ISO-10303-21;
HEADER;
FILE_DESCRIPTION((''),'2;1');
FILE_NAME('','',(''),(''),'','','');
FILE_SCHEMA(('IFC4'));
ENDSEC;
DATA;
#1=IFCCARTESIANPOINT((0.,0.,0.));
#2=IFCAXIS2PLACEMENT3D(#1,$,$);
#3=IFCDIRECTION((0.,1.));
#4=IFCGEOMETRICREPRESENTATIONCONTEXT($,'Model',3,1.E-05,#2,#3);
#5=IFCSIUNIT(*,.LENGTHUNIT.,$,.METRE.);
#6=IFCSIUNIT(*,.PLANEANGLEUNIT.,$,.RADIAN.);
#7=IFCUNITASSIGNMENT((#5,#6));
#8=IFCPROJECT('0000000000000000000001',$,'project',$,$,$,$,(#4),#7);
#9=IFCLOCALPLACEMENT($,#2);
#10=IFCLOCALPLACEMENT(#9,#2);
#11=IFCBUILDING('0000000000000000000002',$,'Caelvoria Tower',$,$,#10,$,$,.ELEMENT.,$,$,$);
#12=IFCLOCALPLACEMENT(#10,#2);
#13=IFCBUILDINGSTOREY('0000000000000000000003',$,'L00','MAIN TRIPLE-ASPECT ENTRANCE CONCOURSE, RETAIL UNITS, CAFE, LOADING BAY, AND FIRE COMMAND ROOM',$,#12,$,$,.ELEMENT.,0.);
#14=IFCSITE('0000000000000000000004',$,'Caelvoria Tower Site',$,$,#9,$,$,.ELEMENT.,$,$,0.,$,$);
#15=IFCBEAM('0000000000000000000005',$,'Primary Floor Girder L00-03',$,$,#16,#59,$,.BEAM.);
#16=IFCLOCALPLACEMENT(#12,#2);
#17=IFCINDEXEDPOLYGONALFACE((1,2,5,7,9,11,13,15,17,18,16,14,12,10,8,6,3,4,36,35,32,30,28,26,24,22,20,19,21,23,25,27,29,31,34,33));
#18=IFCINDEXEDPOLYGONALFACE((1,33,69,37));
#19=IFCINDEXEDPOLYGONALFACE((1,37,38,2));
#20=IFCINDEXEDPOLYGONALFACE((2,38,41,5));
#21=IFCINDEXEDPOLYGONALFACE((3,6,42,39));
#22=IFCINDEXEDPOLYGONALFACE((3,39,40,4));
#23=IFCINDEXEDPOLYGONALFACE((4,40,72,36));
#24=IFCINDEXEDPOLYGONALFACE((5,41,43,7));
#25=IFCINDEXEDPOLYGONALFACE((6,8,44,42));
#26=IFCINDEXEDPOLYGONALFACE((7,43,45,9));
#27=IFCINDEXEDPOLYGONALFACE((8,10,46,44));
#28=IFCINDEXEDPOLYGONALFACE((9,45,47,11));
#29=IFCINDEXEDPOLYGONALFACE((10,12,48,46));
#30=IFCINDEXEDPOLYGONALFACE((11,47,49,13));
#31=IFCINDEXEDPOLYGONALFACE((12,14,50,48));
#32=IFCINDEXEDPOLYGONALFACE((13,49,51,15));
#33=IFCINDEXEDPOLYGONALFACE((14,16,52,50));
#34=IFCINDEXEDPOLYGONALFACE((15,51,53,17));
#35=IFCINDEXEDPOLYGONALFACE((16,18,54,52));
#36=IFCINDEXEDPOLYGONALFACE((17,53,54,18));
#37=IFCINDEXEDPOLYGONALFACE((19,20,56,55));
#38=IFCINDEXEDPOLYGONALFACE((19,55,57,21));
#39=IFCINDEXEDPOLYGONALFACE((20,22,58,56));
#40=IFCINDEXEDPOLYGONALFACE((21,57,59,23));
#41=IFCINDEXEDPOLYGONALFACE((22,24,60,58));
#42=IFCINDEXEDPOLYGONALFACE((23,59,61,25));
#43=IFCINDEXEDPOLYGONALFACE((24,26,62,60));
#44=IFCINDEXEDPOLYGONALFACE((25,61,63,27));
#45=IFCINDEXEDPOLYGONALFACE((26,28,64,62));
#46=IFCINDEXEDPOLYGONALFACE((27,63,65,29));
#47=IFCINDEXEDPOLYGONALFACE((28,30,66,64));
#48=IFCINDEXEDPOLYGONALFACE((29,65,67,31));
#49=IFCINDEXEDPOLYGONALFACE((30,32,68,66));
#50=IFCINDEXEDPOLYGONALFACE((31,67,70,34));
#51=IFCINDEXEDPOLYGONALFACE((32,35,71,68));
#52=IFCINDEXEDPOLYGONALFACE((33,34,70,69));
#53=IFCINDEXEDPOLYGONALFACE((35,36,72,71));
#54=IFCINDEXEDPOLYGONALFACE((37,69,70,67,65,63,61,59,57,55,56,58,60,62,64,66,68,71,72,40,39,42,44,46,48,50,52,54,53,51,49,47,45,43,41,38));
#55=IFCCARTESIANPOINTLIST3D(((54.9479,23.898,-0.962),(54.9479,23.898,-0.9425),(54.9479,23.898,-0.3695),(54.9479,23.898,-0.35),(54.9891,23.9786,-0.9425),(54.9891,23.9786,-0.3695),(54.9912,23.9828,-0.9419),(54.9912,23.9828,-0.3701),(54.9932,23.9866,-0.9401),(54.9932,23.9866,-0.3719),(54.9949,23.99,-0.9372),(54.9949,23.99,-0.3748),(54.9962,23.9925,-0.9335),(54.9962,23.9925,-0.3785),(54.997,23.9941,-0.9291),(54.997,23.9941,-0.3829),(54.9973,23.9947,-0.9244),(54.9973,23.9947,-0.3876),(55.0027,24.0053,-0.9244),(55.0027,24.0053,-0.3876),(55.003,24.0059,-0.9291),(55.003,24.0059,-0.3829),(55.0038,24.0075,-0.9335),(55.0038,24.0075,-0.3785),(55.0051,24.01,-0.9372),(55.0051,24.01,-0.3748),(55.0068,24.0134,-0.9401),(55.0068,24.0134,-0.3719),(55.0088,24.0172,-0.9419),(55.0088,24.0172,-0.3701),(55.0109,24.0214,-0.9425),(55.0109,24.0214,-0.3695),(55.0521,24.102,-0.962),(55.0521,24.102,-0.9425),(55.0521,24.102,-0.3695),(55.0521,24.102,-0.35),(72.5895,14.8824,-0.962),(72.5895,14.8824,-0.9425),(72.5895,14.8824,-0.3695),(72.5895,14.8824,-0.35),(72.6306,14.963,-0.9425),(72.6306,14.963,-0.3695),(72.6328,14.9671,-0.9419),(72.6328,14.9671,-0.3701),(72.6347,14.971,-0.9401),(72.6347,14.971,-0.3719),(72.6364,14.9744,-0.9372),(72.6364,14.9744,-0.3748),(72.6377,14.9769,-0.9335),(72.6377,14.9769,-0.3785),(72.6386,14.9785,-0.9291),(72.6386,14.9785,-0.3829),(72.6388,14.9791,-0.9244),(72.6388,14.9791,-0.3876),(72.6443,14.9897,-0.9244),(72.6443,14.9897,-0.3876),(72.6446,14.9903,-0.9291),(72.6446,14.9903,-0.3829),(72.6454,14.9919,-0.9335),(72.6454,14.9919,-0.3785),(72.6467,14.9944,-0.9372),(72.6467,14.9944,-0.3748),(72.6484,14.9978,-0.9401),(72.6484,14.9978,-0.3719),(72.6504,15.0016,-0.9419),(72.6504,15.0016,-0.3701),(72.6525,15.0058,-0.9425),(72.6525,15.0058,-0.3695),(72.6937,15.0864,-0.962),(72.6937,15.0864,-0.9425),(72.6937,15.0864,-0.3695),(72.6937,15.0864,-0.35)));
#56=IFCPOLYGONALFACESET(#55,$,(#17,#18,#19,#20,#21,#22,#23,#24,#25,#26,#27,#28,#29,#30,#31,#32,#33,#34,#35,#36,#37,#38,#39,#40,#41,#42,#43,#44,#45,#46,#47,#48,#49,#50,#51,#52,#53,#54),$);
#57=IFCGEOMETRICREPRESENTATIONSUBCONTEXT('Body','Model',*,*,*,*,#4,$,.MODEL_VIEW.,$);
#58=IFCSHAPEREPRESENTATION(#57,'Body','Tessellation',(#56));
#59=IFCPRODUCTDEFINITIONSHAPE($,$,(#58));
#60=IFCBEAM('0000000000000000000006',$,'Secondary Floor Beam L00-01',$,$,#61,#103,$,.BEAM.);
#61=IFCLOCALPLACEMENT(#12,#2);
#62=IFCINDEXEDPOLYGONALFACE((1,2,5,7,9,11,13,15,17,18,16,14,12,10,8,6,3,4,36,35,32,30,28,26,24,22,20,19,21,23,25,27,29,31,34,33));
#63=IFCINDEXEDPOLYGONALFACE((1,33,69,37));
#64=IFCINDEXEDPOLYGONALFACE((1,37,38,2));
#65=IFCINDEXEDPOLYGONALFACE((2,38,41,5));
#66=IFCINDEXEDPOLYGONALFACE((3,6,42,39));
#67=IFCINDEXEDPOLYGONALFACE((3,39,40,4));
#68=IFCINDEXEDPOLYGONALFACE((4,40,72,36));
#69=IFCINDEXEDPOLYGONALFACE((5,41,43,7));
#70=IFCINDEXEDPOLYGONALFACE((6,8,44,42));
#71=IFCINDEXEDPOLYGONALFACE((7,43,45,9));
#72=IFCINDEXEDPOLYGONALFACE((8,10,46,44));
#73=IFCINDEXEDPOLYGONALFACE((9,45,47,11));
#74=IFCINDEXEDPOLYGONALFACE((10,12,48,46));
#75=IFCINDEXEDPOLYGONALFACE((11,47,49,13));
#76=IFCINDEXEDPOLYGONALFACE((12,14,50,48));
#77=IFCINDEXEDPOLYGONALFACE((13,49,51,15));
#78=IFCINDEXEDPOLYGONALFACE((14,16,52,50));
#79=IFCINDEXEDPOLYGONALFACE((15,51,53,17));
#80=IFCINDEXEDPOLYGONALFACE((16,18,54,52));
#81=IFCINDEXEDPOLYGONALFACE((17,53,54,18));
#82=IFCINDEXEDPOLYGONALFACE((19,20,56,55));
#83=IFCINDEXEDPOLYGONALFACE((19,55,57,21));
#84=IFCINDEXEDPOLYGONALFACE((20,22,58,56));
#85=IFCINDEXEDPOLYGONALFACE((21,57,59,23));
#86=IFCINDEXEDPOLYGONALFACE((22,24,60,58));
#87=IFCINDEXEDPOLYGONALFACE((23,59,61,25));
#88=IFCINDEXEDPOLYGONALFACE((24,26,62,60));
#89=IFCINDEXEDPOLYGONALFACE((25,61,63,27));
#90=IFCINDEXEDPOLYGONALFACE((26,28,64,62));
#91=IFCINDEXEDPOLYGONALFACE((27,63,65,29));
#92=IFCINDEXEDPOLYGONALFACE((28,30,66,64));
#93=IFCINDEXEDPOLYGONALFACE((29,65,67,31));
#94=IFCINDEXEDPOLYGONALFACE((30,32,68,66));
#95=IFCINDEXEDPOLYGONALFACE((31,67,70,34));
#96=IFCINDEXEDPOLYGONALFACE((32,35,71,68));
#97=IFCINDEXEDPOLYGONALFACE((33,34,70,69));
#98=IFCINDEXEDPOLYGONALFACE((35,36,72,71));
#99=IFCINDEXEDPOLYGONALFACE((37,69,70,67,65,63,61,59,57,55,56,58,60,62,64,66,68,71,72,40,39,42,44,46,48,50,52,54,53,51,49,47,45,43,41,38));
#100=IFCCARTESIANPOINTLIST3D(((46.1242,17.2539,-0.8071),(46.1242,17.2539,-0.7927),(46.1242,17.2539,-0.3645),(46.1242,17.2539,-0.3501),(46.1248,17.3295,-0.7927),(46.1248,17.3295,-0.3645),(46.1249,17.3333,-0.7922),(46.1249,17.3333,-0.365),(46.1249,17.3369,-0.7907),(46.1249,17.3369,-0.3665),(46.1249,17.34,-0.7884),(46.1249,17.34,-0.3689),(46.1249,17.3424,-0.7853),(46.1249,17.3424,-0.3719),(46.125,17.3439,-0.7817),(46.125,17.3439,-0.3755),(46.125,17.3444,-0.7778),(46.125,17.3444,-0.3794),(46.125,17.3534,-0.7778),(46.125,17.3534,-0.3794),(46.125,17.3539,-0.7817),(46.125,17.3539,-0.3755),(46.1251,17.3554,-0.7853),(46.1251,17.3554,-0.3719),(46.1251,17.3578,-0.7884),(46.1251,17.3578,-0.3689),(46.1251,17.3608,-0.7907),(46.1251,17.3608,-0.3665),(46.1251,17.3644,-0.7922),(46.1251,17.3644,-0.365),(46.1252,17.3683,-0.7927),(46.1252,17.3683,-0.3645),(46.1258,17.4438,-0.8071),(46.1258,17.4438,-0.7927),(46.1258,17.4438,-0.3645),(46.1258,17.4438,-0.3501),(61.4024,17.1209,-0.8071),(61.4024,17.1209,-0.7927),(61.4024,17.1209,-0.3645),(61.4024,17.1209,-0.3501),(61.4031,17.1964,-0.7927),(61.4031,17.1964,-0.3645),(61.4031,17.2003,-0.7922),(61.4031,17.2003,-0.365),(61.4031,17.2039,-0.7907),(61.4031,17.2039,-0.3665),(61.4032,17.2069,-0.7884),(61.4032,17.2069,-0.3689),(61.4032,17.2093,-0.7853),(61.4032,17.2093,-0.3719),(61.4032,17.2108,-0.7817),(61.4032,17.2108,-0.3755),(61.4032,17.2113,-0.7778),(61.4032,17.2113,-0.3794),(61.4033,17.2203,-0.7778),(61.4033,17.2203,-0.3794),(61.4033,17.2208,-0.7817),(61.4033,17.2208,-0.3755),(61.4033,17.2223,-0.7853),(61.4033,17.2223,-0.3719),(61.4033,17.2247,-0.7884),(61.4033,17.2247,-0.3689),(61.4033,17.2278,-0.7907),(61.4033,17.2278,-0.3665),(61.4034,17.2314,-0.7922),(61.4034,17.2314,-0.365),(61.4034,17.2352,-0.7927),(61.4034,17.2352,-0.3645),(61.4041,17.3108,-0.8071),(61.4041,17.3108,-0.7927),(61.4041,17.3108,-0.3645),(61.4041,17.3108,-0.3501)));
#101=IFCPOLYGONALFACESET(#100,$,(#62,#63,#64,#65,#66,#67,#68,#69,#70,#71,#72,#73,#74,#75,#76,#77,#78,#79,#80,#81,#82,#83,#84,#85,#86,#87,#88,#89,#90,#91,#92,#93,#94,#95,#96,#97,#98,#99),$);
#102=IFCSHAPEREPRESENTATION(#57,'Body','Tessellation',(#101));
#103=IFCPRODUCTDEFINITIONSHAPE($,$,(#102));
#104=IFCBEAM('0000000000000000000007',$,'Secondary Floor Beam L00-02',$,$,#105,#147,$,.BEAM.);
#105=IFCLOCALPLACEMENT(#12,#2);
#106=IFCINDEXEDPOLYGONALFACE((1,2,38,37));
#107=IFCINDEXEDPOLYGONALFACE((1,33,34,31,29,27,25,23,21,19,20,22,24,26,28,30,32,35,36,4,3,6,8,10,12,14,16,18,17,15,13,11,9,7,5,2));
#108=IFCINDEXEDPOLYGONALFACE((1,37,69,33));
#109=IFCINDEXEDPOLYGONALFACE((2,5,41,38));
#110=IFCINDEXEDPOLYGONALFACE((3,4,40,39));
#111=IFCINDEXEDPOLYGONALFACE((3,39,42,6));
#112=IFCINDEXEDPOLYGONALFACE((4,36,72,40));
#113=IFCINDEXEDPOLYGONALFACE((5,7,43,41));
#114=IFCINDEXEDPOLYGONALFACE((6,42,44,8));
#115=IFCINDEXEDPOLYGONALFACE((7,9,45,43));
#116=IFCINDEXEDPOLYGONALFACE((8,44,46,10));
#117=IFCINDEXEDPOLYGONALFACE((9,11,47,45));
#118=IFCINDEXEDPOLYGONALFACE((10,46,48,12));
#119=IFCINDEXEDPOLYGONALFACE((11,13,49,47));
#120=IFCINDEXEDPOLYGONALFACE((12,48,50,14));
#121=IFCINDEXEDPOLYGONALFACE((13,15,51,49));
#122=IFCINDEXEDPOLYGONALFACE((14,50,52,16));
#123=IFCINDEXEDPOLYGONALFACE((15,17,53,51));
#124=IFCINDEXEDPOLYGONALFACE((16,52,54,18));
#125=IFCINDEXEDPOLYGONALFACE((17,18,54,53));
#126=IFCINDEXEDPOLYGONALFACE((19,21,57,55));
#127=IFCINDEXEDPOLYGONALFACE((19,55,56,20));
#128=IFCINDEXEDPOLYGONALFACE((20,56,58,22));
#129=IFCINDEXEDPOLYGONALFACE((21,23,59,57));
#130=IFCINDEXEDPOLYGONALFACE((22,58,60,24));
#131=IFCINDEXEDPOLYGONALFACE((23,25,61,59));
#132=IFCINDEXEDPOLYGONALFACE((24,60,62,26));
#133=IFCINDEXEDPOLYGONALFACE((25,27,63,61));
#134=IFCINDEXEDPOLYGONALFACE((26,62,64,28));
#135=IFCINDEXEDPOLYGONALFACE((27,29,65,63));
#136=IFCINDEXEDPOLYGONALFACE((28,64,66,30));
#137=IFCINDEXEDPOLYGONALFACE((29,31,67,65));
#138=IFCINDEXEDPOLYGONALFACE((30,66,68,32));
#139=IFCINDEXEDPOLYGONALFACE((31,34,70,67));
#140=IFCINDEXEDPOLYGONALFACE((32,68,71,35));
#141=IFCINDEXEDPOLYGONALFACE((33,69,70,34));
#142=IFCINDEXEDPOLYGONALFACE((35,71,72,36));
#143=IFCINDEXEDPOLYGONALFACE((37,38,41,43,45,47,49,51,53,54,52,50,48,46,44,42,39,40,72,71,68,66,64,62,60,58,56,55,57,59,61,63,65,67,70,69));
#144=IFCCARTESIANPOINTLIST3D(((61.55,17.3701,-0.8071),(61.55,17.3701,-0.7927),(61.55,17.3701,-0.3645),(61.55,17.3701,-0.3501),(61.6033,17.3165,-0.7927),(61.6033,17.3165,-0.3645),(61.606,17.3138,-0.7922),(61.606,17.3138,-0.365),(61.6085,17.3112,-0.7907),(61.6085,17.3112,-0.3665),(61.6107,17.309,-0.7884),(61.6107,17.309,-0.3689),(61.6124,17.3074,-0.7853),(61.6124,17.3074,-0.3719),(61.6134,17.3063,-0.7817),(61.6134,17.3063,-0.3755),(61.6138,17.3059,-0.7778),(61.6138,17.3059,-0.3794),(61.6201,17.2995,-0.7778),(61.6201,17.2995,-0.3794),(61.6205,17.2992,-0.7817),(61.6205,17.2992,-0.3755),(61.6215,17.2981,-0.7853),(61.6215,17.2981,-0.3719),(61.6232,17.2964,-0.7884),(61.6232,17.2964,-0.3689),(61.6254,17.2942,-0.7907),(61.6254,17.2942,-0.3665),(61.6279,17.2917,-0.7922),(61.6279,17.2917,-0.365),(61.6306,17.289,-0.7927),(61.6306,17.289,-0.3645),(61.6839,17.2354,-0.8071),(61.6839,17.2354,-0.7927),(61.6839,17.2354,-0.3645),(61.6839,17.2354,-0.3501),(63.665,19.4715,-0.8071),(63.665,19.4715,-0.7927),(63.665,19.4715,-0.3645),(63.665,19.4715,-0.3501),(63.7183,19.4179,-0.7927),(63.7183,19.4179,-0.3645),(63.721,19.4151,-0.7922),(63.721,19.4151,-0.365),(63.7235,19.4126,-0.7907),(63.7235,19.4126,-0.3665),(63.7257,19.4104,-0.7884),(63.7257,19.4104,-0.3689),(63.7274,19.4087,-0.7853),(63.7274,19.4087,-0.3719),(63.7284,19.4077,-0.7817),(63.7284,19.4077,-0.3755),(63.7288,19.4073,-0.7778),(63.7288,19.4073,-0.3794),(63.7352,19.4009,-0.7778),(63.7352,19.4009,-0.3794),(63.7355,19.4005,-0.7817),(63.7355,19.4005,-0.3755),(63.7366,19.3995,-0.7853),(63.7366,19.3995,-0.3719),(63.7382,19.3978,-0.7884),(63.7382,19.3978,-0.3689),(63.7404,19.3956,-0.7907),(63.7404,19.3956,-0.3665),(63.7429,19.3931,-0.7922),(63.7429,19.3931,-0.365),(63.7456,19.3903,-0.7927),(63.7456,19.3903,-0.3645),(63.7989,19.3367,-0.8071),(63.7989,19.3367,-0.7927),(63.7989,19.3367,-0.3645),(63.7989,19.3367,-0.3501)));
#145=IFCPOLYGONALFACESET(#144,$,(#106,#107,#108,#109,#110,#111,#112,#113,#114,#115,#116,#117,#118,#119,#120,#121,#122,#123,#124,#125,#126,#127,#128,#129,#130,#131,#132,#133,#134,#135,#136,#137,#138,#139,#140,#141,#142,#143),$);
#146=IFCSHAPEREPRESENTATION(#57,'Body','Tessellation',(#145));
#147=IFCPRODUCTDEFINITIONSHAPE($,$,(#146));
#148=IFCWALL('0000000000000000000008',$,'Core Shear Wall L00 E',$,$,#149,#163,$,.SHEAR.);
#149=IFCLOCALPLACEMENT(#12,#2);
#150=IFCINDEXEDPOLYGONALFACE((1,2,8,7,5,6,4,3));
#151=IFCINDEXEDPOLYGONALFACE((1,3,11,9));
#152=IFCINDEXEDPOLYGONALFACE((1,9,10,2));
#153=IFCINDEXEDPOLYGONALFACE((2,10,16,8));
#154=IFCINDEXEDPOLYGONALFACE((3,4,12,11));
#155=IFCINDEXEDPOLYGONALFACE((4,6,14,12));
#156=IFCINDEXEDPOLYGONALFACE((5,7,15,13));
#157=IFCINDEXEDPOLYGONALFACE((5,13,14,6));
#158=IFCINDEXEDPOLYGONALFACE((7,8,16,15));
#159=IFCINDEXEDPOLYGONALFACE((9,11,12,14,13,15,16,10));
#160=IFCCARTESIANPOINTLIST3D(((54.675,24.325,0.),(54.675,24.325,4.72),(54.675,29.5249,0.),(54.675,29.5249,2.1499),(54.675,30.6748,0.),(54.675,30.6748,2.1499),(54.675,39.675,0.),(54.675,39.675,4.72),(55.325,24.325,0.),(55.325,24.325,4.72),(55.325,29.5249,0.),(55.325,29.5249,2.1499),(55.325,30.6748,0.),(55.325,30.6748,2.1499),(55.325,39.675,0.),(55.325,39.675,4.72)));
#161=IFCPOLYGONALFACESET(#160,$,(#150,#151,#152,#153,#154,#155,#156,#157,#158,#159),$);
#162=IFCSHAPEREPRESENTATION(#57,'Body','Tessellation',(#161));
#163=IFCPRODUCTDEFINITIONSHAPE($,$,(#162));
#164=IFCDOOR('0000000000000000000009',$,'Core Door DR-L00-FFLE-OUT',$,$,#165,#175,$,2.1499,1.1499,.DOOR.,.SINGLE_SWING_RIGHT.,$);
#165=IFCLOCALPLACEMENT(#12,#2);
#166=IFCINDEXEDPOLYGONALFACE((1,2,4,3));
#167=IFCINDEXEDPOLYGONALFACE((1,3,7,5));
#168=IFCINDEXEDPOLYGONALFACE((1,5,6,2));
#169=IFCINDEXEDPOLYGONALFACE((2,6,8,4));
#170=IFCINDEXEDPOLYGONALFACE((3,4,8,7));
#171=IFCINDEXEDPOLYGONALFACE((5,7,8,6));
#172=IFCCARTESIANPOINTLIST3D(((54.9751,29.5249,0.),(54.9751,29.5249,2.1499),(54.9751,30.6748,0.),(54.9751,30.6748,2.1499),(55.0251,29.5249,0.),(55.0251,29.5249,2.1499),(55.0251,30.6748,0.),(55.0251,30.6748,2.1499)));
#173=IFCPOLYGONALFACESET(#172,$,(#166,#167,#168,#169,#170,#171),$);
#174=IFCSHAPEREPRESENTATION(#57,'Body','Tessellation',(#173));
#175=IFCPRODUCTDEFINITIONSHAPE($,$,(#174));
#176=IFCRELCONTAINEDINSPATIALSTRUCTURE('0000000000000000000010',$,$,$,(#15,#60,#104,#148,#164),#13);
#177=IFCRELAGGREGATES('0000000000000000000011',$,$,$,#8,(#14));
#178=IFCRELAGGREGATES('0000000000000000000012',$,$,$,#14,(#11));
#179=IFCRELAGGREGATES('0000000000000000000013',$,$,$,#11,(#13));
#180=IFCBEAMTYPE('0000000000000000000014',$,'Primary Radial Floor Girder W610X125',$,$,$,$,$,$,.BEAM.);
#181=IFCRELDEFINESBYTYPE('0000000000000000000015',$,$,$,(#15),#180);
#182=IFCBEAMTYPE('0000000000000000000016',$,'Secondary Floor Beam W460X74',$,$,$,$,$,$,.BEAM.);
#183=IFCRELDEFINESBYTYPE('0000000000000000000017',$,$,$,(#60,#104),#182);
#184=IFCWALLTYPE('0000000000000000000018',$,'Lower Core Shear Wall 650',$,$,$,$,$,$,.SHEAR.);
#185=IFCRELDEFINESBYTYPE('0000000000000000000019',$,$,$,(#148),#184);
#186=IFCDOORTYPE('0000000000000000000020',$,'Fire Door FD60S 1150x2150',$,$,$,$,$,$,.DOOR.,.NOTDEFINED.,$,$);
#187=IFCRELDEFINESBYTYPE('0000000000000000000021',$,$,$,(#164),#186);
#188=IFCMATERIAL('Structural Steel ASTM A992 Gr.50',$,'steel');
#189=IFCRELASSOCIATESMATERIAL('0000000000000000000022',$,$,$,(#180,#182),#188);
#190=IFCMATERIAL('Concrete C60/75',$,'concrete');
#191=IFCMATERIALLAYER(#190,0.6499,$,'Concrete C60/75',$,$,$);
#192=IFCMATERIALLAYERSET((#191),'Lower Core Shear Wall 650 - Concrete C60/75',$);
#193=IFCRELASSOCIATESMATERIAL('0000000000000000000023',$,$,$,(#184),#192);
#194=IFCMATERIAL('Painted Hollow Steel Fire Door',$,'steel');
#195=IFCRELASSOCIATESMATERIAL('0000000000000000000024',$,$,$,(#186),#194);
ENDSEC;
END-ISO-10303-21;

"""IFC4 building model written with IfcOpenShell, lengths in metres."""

from ifc_helpers import new_model, si_unit, direction, frame, frame_2d, origin, origin_2d, place, context, subcontext, project, spatial, rectangle, i_section, extrude, material, layer, layer_set, material_profile, profile_set, type_object, element, fill, save


model = new_model("IFC4")

# Units and contexts
model_context = context("Model", 3, precision=1e-05, world=origin(), true_north=direction((0.0, 1.0)))
body_context = subcontext(model_context, "Body", "Model", "MODEL_VIEW")
ifc_project = project(units=[si_unit("LENGTHUNIT", "METRE"), si_unit("PLANEANGLEUNIT", "RADIAN")], contexts=[model_context])

# Site, building, storey
site_placement = place(None, origin())
site = spatial("IfcSite", under=ifc_project, at=site_placement, Name="Caelvoria Tower Site", CompositionType="ELEMENT", RefElevation=0.0)
building_placement = place(site_placement, origin())
building = spatial("IfcBuilding", under=site, at=building_placement, Name="Caelvoria Tower", CompositionType="ELEMENT")
storey_placement = place(building_placement, origin())
storey = spatial("IfcBuildingStorey", under=building, at=storey_placement, Name="L00", Description="MAIN TRIPLE-ASPECT ENTRANCE CONCOURSE, RETAIL UNITS, CAFE, LOADING BAY, AND FIRE COMMAND ROOM", CompositionType="ELEMENT", Elevation=0.0)

# Beams
ifc_material_1 = material(Name="Structural Steel ASTM A992 Gr.50", Category="steel")
ifc_material_profile_1 = material_profile(ifc_material_1, i_section(OverallWidth=0.229, OverallDepth=0.6121, WebThickness=0.012, FlangeThickness=0.0195, FilletRadius=0.0181, at=origin_2d()), Name="Structural Steel ASTM A992 Gr.50")
ifc_profile_set_1 = profile_set([ifc_material_profile_1], Name="W610X125 - Structural Steel ASTM A992 Gr.50")
beam_type_1 = type_object("IfcBeamType", Name="Primary Radial Floor Girder W610X125", PredefinedType="BEAM", material=ifc_profile_set_1)
beam_1_placement = place(storey_placement, frame((55.0, 24.0, -0.656), z_axis=(0.890459, -0.455063, 0.0), x_axis=(0.455063, 0.890459, 0.0)))
element("IfcBeam", 1, at=beam_1_placement, inside=storey, type_object=beam_type_1, Name="Primary Floor Girder L00-03", PredefinedType="BEAM", context=body_context, shape_type="SweptSolid", body=[
    extrude(i_section(OverallWidth=0.229, OverallDepth=0.6121, WebThickness=0.012, FlangeThickness=0.0195, FilletRadius=0.0181, at=origin_2d()), origin(), (0.0, 0.0, 1.0), 19.8118),
])
ifc_material_profile_2 = material_profile(ifc_material_1, i_section(OverallWidth=0.1899, OverallDepth=0.457, WebThickness=0.009, FlangeThickness=0.0144, FilletRadius=0.0149, at=origin_2d()), Name="Structural Steel ASTM A992 Gr.50")
ifc_profile_set_2 = profile_set([ifc_material_profile_2], Name="W460X74 - Structural Steel ASTM A992 Gr.50")
beam_type_2 = type_object("IfcBeamType", Name="Secondary Floor Beam W460X74", PredefinedType="BEAM", material=ifc_profile_set_2)
beam_2_placement = place(storey_placement, frame((46.125, 17.3489, -0.5786), z_axis=(0.999962, -0.008709, 0.0), x_axis=(0.008709, 0.999962, 0.0)))
element("IfcBeam", 2, at=beam_2_placement, inside=storey, type_object=beam_type_2, Name="Secondary Floor Beam L00-01", PredefinedType="BEAM", context=body_context, shape_type="SweptSolid", body=[
    extrude(i_section(OverallWidth=0.1899, OverallDepth=0.457, WebThickness=0.009, FlangeThickness=0.0144, FilletRadius=0.0149, at=origin_2d()), origin(), (0.0, 0.0, 1.0), 15.2788),
])
beam_3_placement = place(storey_placement, frame((61.6169, 17.3027, -0.5786), z_axis=(0.709396, 0.70481, 0.0), x_axis=(-0.70481, 0.709396, 0.0)))
element("IfcBeam", 3, at=beam_3_placement, inside=storey, type_object=beam_type_2, Name="Secondary Floor Beam L00-02", PredefinedType="BEAM", context=body_context, shape_type="SweptSolid", body=[
    extrude(i_section(OverallWidth=0.1899, OverallDepth=0.457, WebThickness=0.009, FlangeThickness=0.0144, FilletRadius=0.0149, at=origin_2d()), origin(), (0.0, 0.0, 1.0), 2.9814),
])

# Wall, opening, door
ifc_material_2 = material(Name="Concrete C60/75", Category="concrete")
ifc_layer_1 = layer(ifc_material_2, 0.6499, Name="Concrete C60/75")
ifc_layer_set_1 = layer_set([ifc_layer_1], Name="Lower Core Shear Wall 650 - Concrete C60/75")
wall_type_1 = type_object("IfcWallType", Name="Lower Core Shear Wall 650", PredefinedType="SHEAR", material=ifc_layer_set_1)
wall_1_placement = place(storey_placement, frame((55.0, 24.325, 0.0), z_axis=(0.0, 0.0, 1.0), x_axis=(0.0, 1.0, 0.0)))
wall_1 = element("IfcWall", 4, at=wall_1_placement, inside=storey, type_object=wall_type_1, Name="Core Shear Wall L00 E", PredefinedType="SHEAR", context=body_context, shape_type="SweptSolid", body=[
    extrude(rectangle(XDim=15.3501, YDim=0.6499, at=frame_2d((7.675, 0.0))), origin(), (0.0, 0.0, 1.0), 4.72),
])
opening_1_placement = place(wall_1_placement, frame((5.2, 0.0, 0.0)))
opening_1 = element("IfcOpeningElement", 5, at=opening_1_placement, cuts=wall_1, PredefinedType="OPENING", context=body_context, shape_type="SweptSolid", body=[
    extrude(rectangle(XDim=1.1499, YDim=2.1499, at=frame_2d((0.575, 1.075))), frame((0.0, 0.335, 0.0), z_axis=(0.0, -1.0, 0.0), x_axis=(1.0, 0.0, 0.0)), (0.0, 0.0, 1.0), 0.6699),
])
ifc_material_3 = material(Name="Painted Hollow Steel Fire Door", Category="steel")
door_type_1 = type_object("IfcDoorType", Name="Fire Door FD60S 1150x2150", OperationType="NOTDEFINED", PredefinedType="DOOR", material=ifc_material_3)
door_1_placement = place(opening_1_placement, origin())
door_1 = element("IfcDoor", 6, at=door_1_placement, inside=storey, type_object=door_type_1, Name="Core Door DR-L00-FFLE-OUT", OperationType="SINGLE_SWING_RIGHT", OverallHeight=2.1499, OverallWidth=1.1499, PredefinedType="DOOR", context=body_context, shape_type="SweptSolid", body=[
    extrude(rectangle(XDim=1.1499, YDim=2.1499, at=frame_2d((0.575, 1.075))), frame((0.0, 0.0249, 0.0), z_axis=(0.0, -1.0, 0.0), x_axis=(1.0, 0.0, 0.0)), (0.0, 0.0, 1.0), 0.05),
])
fill(opening_1, door_1)

save(model, "model.ifc")
